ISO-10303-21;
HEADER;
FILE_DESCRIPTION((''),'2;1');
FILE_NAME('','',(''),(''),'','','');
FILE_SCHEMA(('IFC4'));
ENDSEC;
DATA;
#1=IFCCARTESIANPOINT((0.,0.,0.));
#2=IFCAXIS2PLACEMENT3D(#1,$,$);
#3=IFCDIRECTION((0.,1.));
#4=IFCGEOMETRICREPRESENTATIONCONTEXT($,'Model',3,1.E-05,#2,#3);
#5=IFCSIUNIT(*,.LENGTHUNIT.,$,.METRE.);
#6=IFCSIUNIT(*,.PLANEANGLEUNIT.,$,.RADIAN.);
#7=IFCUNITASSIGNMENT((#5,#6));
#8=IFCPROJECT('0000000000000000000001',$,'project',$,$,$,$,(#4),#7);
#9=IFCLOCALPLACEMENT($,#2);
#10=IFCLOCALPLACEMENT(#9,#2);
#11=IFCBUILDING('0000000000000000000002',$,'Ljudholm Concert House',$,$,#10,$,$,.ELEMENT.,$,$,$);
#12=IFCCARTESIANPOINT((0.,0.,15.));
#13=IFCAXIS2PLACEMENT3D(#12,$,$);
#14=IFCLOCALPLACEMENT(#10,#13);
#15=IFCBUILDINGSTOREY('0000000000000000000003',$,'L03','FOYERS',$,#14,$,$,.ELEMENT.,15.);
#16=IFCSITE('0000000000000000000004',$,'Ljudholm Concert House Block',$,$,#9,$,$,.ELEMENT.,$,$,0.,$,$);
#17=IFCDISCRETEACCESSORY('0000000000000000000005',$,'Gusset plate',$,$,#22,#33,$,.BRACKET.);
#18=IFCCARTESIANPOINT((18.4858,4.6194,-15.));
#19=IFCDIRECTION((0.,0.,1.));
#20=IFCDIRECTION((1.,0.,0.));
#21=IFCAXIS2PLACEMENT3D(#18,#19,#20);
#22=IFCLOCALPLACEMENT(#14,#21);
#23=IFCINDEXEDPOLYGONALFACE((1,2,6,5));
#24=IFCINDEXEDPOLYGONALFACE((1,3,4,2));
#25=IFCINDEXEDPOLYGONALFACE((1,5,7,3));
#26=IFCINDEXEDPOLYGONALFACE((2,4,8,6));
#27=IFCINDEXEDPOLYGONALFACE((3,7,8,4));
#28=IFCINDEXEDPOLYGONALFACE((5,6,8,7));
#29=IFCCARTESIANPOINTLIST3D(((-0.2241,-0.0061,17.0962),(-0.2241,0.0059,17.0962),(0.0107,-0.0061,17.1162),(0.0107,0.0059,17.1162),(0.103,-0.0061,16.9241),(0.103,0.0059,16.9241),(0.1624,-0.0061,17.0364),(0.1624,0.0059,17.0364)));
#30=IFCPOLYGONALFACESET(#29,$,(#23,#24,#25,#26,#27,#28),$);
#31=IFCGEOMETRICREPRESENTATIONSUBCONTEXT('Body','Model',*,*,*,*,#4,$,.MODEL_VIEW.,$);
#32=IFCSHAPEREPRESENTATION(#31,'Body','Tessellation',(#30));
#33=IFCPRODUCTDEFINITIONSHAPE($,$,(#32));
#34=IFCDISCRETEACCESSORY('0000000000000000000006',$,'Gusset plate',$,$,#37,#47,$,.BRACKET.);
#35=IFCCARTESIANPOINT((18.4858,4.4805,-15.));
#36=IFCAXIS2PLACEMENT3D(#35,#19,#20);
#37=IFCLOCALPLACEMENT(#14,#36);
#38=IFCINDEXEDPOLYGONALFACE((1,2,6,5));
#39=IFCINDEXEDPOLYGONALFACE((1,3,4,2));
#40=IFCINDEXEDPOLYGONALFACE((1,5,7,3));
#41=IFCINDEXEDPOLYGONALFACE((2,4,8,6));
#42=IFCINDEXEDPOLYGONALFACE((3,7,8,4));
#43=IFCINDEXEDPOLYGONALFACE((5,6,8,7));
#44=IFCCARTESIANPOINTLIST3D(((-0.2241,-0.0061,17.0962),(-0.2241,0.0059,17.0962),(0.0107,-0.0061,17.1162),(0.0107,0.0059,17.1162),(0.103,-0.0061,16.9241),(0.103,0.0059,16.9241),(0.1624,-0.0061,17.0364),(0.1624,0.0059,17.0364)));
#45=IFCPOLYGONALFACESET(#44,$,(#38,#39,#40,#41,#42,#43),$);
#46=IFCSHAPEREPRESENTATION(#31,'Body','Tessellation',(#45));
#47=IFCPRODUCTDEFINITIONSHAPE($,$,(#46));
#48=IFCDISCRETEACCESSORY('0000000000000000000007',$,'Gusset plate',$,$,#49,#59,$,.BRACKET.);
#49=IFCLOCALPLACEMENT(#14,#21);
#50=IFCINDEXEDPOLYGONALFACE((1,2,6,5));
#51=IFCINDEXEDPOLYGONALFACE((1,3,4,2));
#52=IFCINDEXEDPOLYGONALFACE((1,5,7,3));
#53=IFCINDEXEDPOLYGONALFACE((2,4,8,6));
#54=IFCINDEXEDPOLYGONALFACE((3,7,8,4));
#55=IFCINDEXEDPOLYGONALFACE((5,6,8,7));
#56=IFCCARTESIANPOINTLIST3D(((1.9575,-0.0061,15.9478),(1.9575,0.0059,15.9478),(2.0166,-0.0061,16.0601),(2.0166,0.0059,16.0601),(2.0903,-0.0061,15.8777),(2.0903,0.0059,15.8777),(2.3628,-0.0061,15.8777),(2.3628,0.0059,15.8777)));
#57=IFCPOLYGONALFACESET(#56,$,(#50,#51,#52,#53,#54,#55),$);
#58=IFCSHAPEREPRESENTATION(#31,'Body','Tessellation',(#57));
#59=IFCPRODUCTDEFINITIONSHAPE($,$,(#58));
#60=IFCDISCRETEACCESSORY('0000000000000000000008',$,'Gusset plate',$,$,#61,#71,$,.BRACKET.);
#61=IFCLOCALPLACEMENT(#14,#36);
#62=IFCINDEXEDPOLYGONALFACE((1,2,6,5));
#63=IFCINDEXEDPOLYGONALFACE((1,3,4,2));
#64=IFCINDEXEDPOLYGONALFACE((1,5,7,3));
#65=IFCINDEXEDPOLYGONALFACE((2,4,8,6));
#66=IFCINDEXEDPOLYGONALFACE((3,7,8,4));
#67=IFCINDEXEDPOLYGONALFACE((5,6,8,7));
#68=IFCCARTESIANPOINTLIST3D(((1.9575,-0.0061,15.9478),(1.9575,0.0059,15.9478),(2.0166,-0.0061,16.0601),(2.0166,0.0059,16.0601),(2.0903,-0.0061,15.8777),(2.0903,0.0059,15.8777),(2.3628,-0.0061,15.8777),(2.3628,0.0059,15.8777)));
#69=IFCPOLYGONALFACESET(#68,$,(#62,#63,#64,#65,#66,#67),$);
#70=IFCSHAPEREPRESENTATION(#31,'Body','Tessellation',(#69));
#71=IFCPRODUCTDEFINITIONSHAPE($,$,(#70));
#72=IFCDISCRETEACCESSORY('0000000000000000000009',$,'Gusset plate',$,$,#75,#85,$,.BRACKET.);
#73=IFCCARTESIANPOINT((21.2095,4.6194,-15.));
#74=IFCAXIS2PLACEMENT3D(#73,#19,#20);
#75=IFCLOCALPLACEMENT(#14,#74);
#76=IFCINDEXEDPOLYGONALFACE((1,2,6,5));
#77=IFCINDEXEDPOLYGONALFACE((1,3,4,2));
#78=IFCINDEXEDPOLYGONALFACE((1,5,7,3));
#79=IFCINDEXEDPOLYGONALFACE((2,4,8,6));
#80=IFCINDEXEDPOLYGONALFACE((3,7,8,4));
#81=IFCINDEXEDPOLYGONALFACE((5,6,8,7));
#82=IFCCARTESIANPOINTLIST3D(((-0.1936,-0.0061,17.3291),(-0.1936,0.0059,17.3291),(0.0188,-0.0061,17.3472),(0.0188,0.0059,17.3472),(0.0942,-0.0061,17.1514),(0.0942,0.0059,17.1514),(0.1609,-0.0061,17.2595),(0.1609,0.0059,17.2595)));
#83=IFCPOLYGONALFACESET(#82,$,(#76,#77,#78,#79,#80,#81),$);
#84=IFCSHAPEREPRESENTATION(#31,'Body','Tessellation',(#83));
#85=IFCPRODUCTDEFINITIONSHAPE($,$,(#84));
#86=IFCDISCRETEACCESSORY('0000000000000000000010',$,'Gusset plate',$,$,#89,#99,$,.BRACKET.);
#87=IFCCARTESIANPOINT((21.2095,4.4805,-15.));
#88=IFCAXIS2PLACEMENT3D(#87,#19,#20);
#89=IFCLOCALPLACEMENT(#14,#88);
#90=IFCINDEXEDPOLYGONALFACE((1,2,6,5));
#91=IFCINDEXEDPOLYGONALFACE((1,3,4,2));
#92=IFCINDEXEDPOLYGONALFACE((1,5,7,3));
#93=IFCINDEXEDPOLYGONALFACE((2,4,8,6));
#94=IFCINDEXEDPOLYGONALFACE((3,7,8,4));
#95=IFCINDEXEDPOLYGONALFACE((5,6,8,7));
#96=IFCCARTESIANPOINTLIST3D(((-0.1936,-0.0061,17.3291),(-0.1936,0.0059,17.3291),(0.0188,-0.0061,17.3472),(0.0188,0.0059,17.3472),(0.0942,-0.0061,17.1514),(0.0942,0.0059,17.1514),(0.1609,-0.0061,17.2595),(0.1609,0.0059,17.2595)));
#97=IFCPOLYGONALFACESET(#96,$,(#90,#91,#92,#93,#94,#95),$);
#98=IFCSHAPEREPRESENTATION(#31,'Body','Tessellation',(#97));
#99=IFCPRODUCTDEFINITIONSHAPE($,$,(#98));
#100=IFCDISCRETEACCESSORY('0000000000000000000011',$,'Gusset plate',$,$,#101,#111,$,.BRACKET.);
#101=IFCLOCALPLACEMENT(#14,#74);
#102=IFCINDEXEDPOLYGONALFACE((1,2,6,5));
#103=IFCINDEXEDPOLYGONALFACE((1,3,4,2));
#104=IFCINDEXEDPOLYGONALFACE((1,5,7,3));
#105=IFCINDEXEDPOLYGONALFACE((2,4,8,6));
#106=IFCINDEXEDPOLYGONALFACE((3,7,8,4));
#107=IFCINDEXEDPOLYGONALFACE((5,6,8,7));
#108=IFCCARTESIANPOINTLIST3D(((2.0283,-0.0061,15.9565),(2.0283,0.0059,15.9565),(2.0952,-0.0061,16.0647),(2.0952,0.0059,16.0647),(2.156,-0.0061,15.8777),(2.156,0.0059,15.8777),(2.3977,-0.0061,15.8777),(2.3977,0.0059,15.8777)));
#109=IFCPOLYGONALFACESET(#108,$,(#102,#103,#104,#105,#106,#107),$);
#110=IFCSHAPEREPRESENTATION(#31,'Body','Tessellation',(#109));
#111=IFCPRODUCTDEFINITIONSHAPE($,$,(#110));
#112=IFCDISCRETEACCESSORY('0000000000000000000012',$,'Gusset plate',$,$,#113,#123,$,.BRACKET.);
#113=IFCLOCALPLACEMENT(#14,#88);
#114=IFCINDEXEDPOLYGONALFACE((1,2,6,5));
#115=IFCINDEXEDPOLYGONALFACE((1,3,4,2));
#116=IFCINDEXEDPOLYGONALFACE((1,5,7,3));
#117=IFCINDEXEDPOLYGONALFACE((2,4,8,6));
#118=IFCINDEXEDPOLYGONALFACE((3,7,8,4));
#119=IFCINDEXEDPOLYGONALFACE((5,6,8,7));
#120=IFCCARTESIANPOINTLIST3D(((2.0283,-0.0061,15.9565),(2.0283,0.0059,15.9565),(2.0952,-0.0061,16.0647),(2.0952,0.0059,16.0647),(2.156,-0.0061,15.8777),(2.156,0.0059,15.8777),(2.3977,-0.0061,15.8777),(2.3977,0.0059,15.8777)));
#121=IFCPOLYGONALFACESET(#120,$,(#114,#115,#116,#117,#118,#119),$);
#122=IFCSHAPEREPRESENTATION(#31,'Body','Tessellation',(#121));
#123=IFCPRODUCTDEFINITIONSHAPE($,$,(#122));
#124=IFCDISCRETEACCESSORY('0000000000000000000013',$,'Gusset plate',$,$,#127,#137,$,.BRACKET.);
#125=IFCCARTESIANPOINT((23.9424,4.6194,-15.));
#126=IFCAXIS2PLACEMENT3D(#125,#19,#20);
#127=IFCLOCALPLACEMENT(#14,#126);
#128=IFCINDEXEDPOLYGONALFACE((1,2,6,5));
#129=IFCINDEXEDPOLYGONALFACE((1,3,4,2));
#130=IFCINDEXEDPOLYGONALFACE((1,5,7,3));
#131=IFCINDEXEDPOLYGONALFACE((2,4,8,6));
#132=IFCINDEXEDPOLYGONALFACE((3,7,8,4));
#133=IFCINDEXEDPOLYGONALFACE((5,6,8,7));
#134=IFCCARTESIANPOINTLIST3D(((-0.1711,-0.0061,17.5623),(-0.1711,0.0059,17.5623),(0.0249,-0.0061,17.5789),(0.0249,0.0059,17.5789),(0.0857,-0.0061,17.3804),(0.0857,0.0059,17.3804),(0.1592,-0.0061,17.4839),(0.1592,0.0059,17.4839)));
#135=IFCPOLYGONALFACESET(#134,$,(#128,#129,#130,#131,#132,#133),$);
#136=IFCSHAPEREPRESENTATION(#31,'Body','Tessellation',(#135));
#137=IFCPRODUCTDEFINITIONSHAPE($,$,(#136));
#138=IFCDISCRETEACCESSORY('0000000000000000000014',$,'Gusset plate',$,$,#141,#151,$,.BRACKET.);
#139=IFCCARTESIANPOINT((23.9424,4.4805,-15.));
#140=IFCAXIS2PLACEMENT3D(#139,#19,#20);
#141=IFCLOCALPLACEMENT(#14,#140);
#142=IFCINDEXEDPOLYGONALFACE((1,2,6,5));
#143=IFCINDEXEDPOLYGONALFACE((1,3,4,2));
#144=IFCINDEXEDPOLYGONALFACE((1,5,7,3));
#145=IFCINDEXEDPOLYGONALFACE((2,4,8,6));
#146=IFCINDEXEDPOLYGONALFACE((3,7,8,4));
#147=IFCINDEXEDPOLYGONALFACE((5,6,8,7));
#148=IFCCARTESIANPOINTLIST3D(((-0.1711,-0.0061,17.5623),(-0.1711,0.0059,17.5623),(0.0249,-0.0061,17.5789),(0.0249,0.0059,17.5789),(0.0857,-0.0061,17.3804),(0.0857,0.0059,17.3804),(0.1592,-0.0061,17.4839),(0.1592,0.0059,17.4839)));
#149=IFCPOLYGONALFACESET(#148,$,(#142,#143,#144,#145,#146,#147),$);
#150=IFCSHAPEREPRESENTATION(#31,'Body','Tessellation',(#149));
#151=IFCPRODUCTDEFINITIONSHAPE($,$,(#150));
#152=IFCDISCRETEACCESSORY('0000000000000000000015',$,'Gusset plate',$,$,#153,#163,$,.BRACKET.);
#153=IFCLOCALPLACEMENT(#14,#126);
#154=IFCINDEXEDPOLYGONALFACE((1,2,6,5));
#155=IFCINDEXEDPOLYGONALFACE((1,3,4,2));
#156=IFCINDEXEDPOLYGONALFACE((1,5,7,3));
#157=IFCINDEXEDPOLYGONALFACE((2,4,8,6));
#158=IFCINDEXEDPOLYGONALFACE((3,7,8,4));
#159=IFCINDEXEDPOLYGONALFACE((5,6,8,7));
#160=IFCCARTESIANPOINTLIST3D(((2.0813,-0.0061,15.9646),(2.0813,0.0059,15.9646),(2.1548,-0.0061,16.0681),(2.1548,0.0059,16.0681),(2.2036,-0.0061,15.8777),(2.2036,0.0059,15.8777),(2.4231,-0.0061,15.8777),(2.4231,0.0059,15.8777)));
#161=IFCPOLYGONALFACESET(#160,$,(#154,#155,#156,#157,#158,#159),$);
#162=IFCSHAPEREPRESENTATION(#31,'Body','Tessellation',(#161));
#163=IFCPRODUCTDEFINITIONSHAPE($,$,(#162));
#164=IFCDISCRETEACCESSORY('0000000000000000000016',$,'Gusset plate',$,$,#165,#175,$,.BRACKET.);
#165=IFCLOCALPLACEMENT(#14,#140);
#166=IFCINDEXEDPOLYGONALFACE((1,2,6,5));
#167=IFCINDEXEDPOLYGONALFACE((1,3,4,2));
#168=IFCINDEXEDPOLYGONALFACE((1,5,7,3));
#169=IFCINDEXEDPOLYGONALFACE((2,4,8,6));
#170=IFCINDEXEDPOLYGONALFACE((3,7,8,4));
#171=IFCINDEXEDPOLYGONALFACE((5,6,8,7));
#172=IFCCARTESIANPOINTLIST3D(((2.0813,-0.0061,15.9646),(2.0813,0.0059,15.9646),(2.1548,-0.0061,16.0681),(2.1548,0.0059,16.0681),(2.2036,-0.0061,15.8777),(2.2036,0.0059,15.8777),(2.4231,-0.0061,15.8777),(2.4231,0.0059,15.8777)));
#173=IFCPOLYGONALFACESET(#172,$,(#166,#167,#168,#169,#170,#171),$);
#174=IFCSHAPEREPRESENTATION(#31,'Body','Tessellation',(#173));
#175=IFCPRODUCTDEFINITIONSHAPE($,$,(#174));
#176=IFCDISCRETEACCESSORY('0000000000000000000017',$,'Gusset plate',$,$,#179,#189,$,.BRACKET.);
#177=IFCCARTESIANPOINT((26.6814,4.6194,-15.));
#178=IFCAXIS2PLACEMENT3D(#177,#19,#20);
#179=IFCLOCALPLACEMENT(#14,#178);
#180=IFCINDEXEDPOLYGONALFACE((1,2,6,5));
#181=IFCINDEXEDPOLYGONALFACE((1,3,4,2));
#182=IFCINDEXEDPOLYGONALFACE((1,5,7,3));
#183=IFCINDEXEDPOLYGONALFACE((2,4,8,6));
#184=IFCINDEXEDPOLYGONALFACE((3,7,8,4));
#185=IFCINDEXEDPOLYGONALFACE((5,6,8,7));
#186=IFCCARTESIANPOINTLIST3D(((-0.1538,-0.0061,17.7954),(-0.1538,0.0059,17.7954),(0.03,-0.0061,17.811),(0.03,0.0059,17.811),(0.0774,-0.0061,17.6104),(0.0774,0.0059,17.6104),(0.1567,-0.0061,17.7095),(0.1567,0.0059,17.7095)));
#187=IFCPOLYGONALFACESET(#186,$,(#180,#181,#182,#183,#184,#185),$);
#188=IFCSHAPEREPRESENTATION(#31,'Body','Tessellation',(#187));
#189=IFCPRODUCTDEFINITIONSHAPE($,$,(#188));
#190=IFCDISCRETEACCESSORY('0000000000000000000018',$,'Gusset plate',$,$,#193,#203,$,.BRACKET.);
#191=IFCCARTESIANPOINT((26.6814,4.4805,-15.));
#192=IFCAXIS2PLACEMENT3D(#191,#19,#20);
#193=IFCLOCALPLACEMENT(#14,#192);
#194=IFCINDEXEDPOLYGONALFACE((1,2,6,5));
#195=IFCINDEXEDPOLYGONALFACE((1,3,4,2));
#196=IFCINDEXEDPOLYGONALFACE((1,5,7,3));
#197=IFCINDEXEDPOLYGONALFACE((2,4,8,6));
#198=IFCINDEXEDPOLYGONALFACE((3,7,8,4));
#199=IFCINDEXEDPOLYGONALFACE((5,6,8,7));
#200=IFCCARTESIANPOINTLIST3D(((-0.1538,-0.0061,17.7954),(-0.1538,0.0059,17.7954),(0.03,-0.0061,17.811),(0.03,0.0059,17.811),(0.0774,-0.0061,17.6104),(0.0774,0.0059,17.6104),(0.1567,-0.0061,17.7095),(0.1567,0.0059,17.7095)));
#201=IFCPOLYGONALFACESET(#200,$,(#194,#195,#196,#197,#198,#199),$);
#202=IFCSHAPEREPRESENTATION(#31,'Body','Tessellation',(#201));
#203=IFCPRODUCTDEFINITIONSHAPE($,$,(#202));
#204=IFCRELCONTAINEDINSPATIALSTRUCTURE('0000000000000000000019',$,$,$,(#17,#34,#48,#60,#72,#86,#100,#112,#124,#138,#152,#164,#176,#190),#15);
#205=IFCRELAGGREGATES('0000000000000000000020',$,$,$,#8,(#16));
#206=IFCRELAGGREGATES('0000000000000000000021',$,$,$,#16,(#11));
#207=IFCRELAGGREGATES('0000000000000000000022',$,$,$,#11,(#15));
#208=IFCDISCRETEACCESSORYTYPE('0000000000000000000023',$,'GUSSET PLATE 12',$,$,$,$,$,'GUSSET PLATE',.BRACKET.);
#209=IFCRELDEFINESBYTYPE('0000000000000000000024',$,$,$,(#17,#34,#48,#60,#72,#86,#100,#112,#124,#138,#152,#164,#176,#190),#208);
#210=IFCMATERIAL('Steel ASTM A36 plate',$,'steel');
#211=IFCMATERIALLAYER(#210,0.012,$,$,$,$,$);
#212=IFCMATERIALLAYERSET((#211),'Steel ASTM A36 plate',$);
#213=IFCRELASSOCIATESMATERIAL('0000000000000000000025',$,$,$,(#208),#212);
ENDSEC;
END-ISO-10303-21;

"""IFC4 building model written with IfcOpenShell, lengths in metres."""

from ifc_helpers import new_model, si_unit, direction, frame, origin, place, context, subcontext, project, spatial, polyline, outline, extrude, material, layer, layer_set, type_object, element, save


model = new_model("IFC4")

# Units and contexts
model_context = context("Model", 3, precision=1e-05, world=origin(), true_north=direction((0.0, 1.0)))
body_context = subcontext(model_context, "Body", "Model", "MODEL_VIEW")
ifc_project = project(units=[si_unit("LENGTHUNIT", "METRE"), si_unit("PLANEANGLEUNIT", "RADIAN")], contexts=[model_context])

# Site, building, storey
site_placement = place(None, origin())
site = spatial("IfcSite", under=ifc_project, at=site_placement, Name="Ljudholm Concert House Block", CompositionType="ELEMENT", RefElevation=0.0)
building_placement = place(site_placement, origin())
building = spatial("IfcBuilding", under=site, at=building_placement, Name="Ljudholm Concert House", CompositionType="ELEMENT")
storey_placement = place(building_placement, frame((0.0, 0.0, 15.0)))
storey = spatial("IfcBuildingStorey", under=building, at=storey_placement, Name="L03", Description="FOYERS", CompositionType="ELEMENT", Elevation=15.0)

# Discrete accessories
ifc_material_1 = material(Name="Steel ASTM A36 plate", Category="steel")
ifc_layer_1 = layer(ifc_material_1, 0.012)
ifc_layer_set_1 = layer_set([ifc_layer_1], Name="Steel ASTM A36 plate")
discrete_accessory_type_1 = type_object("IfcDiscreteAccessoryType", Name="GUSSET PLATE 12", ElementType="GUSSET PLATE", PredefinedType="BRACKET", material=ifc_layer_set_1)
for number, where, z_axis, x_axis, name in (
    (1, (18.4858, 4.6194, -15.0), (0.0, 0.0, 1.0), (1.0, 0.0, 0.0), "Gusset plate"),
    (2, (18.4858, 4.4805, -15.0), (0.0, 0.0, 1.0), (1.0, 0.0, 0.0), "Gusset plate"),
):
    element("IfcDiscreteAccessory", number, at=place(storey_placement, frame(where, z_axis=z_axis, x_axis=x_axis)), inside=storey, type_object=discrete_accessory_type_1, Name=name, PredefinedType="BRACKET", context=body_context, shape_type="SweptSolid", body=[
        extrude(outline(polyline([(0.103, 16.9241), (-0.2241, 17.0962), (0.0107, 17.1162), (0.1624, 17.0364), (0.103, 16.9241)])), frame((0.0, 0.0059, 0.0), z_axis=(0.0, -1.0, 0.0), x_axis=(1.0, 0.0, 0.0)), (0.0, 0.0, 1.0), 0.012),
    ])
for number, where, z_axis, x_axis, name in (
    (3, (18.4858, 4.6194, -15.0), (0.0, 0.0, 1.0), (1.0, 0.0, 0.0), "Gusset plate"),
    (4, (18.4858, 4.4805, -15.0), (0.0, 0.0, 1.0), (1.0, 0.0, 0.0), "Gusset plate"),
):
    element("IfcDiscreteAccessory", number, at=place(storey_placement, frame(where, z_axis=z_axis, x_axis=x_axis)), inside=storey, type_object=discrete_accessory_type_1, Name=name, PredefinedType="BRACKET", context=body_context, shape_type="SweptSolid", body=[
        extrude(outline(polyline([(2.0166, 16.0601), (2.3628, 15.8777), (2.0903, 15.8777), (1.9575, 15.9478), (2.0166, 16.0601)])), frame((0.0, 0.0059, 0.0), z_axis=(0.0, -1.0, 0.0), x_axis=(1.0, 0.0, 0.0)), (0.0, 0.0, 1.0), 0.012),
    ])
for number, where, z_axis, x_axis, name in (
    (5, (21.2095, 4.6194, -15.0), (0.0, 0.0, 1.0), (1.0, 0.0, 0.0), "Gusset plate"),
    (6, (21.2095, 4.4805, -15.0), (0.0, 0.0, 1.0), (1.0, 0.0, 0.0), "Gusset plate"),
):
    element("IfcDiscreteAccessory", number, at=place(storey_placement, frame(where, z_axis=z_axis, x_axis=x_axis)), inside=storey, type_object=discrete_accessory_type_1, Name=name, PredefinedType="BRACKET", context=body_context, shape_type="SweptSolid", body=[
        extrude(outline(polyline([(0.0942, 17.1514), (-0.1936, 17.3291), (0.0188, 17.3472), (0.1609, 17.2595), (0.0942, 17.1514)])), frame((0.0, 0.0059, 0.0), z_axis=(0.0, -1.0, 0.0), x_axis=(1.0, 0.0, 0.0)), (0.0, 0.0, 1.0), 0.012),
    ])
for number, where, z_axis, x_axis, name in (
    (7, (21.2095, 4.6194, -15.0), (0.0, 0.0, 1.0), (1.0, 0.0, 0.0), "Gusset plate"),
    (8, (21.2095, 4.4805, -15.0), (0.0, 0.0, 1.0), (1.0, 0.0, 0.0), "Gusset plate"),
):
    element("IfcDiscreteAccessory", number, at=place(storey_placement, frame(where, z_axis=z_axis, x_axis=x_axis)), inside=storey, type_object=discrete_accessory_type_1, Name=name, PredefinedType="BRACKET", context=body_context, shape_type="SweptSolid", body=[
        extrude(outline(polyline([(2.0952, 16.0647), (2.3977, 15.8777), (2.156, 15.8777), (2.0283, 15.9565), (2.0952, 16.0647)])), frame((0.0, 0.0059, 0.0), z_axis=(0.0, -1.0, 0.0), x_axis=(1.0, 0.0, 0.0)), (0.0, 0.0, 1.0), 0.012),
    ])
for number, where, z_axis, x_axis, name in (
    (9, (23.9424, 4.6194, -15.0), (0.0, 0.0, 1.0), (1.0, 0.0, 0.0), "Gusset plate"),
    (10, (23.9424, 4.4805, -15.0), (0.0, 0.0, 1.0), (1.0, 0.0, 0.0), "Gusset plate"),
):
    element("IfcDiscreteAccessory", number, at=place(storey_placement, frame(where, z_axis=z_axis, x_axis=x_axis)), inside=storey, type_object=discrete_accessory_type_1, Name=name, PredefinedType="BRACKET", context=body_context, shape_type="SweptSolid", body=[
        extrude(outline(polyline([(0.0857, 17.3804), (-0.1711, 17.5623), (0.0249, 17.5789), (0.1592, 17.4839), (0.0857, 17.3804)])), frame((0.0, 0.0059, 0.0), z_axis=(0.0, -1.0, 0.0), x_axis=(1.0, 0.0, 0.0)), (0.0, 0.0, 1.0), 0.012),
    ])
for number, where, z_axis, x_axis, name in (
    (11, (23.9424, 4.6194, -15.0), (0.0, 0.0, 1.0), (1.0, 0.0, 0.0), "Gusset plate"),
    (12, (23.9424, 4.4805, -15.0), (0.0, 0.0, 1.0), (1.0, 0.0, 0.0), "Gusset plate"),
):
    element("IfcDiscreteAccessory", number, at=place(storey_placement, frame(where, z_axis=z_axis, x_axis=x_axis)), inside=storey, type_object=discrete_accessory_type_1, Name=name, PredefinedType="BRACKET", context=body_context, shape_type="SweptSolid", body=[
        extrude(outline(polyline([(2.1548, 16.0681), (2.4231, 15.8777), (2.2036, 15.8777), (2.0813, 15.9646), (2.1548, 16.0681)])), frame((0.0, 0.0059, 0.0), z_axis=(0.0, -1.0, 0.0), x_axis=(1.0, 0.0, 0.0)), (0.0, 0.0, 1.0), 0.012),
    ])
for number, where, z_axis, x_axis, name in (
    (13, (26.6814, 4.6194, -15.0), (0.0, 0.0, 1.0), (1.0, 0.0, 0.0), "Gusset plate"),
    (14, (26.6814, 4.4805, -15.0), (0.0, 0.0, 1.0), (1.0, 0.0, 0.0), "Gusset plate"),
):
    element("IfcDiscreteAccessory", number, at=place(storey_placement, frame(where, z_axis=z_axis, x_axis=x_axis)), inside=storey, type_object=discrete_accessory_type_1, Name=name, PredefinedType="BRACKET", context=body_context, shape_type="SweptSolid", body=[
        extrude(outline(polyline([(0.0774, 17.6104), (-0.1538, 17.7954), (0.03, 17.811), (0.1567, 17.7095), (0.0774, 17.6104)])), frame((0.0, 0.0059, 0.0), z_axis=(0.0, -1.0, 0.0), x_axis=(1.0, 0.0, 0.0)), (0.0, 0.0, 1.0), 0.012),
    ])

save(model, "model.ifc")
